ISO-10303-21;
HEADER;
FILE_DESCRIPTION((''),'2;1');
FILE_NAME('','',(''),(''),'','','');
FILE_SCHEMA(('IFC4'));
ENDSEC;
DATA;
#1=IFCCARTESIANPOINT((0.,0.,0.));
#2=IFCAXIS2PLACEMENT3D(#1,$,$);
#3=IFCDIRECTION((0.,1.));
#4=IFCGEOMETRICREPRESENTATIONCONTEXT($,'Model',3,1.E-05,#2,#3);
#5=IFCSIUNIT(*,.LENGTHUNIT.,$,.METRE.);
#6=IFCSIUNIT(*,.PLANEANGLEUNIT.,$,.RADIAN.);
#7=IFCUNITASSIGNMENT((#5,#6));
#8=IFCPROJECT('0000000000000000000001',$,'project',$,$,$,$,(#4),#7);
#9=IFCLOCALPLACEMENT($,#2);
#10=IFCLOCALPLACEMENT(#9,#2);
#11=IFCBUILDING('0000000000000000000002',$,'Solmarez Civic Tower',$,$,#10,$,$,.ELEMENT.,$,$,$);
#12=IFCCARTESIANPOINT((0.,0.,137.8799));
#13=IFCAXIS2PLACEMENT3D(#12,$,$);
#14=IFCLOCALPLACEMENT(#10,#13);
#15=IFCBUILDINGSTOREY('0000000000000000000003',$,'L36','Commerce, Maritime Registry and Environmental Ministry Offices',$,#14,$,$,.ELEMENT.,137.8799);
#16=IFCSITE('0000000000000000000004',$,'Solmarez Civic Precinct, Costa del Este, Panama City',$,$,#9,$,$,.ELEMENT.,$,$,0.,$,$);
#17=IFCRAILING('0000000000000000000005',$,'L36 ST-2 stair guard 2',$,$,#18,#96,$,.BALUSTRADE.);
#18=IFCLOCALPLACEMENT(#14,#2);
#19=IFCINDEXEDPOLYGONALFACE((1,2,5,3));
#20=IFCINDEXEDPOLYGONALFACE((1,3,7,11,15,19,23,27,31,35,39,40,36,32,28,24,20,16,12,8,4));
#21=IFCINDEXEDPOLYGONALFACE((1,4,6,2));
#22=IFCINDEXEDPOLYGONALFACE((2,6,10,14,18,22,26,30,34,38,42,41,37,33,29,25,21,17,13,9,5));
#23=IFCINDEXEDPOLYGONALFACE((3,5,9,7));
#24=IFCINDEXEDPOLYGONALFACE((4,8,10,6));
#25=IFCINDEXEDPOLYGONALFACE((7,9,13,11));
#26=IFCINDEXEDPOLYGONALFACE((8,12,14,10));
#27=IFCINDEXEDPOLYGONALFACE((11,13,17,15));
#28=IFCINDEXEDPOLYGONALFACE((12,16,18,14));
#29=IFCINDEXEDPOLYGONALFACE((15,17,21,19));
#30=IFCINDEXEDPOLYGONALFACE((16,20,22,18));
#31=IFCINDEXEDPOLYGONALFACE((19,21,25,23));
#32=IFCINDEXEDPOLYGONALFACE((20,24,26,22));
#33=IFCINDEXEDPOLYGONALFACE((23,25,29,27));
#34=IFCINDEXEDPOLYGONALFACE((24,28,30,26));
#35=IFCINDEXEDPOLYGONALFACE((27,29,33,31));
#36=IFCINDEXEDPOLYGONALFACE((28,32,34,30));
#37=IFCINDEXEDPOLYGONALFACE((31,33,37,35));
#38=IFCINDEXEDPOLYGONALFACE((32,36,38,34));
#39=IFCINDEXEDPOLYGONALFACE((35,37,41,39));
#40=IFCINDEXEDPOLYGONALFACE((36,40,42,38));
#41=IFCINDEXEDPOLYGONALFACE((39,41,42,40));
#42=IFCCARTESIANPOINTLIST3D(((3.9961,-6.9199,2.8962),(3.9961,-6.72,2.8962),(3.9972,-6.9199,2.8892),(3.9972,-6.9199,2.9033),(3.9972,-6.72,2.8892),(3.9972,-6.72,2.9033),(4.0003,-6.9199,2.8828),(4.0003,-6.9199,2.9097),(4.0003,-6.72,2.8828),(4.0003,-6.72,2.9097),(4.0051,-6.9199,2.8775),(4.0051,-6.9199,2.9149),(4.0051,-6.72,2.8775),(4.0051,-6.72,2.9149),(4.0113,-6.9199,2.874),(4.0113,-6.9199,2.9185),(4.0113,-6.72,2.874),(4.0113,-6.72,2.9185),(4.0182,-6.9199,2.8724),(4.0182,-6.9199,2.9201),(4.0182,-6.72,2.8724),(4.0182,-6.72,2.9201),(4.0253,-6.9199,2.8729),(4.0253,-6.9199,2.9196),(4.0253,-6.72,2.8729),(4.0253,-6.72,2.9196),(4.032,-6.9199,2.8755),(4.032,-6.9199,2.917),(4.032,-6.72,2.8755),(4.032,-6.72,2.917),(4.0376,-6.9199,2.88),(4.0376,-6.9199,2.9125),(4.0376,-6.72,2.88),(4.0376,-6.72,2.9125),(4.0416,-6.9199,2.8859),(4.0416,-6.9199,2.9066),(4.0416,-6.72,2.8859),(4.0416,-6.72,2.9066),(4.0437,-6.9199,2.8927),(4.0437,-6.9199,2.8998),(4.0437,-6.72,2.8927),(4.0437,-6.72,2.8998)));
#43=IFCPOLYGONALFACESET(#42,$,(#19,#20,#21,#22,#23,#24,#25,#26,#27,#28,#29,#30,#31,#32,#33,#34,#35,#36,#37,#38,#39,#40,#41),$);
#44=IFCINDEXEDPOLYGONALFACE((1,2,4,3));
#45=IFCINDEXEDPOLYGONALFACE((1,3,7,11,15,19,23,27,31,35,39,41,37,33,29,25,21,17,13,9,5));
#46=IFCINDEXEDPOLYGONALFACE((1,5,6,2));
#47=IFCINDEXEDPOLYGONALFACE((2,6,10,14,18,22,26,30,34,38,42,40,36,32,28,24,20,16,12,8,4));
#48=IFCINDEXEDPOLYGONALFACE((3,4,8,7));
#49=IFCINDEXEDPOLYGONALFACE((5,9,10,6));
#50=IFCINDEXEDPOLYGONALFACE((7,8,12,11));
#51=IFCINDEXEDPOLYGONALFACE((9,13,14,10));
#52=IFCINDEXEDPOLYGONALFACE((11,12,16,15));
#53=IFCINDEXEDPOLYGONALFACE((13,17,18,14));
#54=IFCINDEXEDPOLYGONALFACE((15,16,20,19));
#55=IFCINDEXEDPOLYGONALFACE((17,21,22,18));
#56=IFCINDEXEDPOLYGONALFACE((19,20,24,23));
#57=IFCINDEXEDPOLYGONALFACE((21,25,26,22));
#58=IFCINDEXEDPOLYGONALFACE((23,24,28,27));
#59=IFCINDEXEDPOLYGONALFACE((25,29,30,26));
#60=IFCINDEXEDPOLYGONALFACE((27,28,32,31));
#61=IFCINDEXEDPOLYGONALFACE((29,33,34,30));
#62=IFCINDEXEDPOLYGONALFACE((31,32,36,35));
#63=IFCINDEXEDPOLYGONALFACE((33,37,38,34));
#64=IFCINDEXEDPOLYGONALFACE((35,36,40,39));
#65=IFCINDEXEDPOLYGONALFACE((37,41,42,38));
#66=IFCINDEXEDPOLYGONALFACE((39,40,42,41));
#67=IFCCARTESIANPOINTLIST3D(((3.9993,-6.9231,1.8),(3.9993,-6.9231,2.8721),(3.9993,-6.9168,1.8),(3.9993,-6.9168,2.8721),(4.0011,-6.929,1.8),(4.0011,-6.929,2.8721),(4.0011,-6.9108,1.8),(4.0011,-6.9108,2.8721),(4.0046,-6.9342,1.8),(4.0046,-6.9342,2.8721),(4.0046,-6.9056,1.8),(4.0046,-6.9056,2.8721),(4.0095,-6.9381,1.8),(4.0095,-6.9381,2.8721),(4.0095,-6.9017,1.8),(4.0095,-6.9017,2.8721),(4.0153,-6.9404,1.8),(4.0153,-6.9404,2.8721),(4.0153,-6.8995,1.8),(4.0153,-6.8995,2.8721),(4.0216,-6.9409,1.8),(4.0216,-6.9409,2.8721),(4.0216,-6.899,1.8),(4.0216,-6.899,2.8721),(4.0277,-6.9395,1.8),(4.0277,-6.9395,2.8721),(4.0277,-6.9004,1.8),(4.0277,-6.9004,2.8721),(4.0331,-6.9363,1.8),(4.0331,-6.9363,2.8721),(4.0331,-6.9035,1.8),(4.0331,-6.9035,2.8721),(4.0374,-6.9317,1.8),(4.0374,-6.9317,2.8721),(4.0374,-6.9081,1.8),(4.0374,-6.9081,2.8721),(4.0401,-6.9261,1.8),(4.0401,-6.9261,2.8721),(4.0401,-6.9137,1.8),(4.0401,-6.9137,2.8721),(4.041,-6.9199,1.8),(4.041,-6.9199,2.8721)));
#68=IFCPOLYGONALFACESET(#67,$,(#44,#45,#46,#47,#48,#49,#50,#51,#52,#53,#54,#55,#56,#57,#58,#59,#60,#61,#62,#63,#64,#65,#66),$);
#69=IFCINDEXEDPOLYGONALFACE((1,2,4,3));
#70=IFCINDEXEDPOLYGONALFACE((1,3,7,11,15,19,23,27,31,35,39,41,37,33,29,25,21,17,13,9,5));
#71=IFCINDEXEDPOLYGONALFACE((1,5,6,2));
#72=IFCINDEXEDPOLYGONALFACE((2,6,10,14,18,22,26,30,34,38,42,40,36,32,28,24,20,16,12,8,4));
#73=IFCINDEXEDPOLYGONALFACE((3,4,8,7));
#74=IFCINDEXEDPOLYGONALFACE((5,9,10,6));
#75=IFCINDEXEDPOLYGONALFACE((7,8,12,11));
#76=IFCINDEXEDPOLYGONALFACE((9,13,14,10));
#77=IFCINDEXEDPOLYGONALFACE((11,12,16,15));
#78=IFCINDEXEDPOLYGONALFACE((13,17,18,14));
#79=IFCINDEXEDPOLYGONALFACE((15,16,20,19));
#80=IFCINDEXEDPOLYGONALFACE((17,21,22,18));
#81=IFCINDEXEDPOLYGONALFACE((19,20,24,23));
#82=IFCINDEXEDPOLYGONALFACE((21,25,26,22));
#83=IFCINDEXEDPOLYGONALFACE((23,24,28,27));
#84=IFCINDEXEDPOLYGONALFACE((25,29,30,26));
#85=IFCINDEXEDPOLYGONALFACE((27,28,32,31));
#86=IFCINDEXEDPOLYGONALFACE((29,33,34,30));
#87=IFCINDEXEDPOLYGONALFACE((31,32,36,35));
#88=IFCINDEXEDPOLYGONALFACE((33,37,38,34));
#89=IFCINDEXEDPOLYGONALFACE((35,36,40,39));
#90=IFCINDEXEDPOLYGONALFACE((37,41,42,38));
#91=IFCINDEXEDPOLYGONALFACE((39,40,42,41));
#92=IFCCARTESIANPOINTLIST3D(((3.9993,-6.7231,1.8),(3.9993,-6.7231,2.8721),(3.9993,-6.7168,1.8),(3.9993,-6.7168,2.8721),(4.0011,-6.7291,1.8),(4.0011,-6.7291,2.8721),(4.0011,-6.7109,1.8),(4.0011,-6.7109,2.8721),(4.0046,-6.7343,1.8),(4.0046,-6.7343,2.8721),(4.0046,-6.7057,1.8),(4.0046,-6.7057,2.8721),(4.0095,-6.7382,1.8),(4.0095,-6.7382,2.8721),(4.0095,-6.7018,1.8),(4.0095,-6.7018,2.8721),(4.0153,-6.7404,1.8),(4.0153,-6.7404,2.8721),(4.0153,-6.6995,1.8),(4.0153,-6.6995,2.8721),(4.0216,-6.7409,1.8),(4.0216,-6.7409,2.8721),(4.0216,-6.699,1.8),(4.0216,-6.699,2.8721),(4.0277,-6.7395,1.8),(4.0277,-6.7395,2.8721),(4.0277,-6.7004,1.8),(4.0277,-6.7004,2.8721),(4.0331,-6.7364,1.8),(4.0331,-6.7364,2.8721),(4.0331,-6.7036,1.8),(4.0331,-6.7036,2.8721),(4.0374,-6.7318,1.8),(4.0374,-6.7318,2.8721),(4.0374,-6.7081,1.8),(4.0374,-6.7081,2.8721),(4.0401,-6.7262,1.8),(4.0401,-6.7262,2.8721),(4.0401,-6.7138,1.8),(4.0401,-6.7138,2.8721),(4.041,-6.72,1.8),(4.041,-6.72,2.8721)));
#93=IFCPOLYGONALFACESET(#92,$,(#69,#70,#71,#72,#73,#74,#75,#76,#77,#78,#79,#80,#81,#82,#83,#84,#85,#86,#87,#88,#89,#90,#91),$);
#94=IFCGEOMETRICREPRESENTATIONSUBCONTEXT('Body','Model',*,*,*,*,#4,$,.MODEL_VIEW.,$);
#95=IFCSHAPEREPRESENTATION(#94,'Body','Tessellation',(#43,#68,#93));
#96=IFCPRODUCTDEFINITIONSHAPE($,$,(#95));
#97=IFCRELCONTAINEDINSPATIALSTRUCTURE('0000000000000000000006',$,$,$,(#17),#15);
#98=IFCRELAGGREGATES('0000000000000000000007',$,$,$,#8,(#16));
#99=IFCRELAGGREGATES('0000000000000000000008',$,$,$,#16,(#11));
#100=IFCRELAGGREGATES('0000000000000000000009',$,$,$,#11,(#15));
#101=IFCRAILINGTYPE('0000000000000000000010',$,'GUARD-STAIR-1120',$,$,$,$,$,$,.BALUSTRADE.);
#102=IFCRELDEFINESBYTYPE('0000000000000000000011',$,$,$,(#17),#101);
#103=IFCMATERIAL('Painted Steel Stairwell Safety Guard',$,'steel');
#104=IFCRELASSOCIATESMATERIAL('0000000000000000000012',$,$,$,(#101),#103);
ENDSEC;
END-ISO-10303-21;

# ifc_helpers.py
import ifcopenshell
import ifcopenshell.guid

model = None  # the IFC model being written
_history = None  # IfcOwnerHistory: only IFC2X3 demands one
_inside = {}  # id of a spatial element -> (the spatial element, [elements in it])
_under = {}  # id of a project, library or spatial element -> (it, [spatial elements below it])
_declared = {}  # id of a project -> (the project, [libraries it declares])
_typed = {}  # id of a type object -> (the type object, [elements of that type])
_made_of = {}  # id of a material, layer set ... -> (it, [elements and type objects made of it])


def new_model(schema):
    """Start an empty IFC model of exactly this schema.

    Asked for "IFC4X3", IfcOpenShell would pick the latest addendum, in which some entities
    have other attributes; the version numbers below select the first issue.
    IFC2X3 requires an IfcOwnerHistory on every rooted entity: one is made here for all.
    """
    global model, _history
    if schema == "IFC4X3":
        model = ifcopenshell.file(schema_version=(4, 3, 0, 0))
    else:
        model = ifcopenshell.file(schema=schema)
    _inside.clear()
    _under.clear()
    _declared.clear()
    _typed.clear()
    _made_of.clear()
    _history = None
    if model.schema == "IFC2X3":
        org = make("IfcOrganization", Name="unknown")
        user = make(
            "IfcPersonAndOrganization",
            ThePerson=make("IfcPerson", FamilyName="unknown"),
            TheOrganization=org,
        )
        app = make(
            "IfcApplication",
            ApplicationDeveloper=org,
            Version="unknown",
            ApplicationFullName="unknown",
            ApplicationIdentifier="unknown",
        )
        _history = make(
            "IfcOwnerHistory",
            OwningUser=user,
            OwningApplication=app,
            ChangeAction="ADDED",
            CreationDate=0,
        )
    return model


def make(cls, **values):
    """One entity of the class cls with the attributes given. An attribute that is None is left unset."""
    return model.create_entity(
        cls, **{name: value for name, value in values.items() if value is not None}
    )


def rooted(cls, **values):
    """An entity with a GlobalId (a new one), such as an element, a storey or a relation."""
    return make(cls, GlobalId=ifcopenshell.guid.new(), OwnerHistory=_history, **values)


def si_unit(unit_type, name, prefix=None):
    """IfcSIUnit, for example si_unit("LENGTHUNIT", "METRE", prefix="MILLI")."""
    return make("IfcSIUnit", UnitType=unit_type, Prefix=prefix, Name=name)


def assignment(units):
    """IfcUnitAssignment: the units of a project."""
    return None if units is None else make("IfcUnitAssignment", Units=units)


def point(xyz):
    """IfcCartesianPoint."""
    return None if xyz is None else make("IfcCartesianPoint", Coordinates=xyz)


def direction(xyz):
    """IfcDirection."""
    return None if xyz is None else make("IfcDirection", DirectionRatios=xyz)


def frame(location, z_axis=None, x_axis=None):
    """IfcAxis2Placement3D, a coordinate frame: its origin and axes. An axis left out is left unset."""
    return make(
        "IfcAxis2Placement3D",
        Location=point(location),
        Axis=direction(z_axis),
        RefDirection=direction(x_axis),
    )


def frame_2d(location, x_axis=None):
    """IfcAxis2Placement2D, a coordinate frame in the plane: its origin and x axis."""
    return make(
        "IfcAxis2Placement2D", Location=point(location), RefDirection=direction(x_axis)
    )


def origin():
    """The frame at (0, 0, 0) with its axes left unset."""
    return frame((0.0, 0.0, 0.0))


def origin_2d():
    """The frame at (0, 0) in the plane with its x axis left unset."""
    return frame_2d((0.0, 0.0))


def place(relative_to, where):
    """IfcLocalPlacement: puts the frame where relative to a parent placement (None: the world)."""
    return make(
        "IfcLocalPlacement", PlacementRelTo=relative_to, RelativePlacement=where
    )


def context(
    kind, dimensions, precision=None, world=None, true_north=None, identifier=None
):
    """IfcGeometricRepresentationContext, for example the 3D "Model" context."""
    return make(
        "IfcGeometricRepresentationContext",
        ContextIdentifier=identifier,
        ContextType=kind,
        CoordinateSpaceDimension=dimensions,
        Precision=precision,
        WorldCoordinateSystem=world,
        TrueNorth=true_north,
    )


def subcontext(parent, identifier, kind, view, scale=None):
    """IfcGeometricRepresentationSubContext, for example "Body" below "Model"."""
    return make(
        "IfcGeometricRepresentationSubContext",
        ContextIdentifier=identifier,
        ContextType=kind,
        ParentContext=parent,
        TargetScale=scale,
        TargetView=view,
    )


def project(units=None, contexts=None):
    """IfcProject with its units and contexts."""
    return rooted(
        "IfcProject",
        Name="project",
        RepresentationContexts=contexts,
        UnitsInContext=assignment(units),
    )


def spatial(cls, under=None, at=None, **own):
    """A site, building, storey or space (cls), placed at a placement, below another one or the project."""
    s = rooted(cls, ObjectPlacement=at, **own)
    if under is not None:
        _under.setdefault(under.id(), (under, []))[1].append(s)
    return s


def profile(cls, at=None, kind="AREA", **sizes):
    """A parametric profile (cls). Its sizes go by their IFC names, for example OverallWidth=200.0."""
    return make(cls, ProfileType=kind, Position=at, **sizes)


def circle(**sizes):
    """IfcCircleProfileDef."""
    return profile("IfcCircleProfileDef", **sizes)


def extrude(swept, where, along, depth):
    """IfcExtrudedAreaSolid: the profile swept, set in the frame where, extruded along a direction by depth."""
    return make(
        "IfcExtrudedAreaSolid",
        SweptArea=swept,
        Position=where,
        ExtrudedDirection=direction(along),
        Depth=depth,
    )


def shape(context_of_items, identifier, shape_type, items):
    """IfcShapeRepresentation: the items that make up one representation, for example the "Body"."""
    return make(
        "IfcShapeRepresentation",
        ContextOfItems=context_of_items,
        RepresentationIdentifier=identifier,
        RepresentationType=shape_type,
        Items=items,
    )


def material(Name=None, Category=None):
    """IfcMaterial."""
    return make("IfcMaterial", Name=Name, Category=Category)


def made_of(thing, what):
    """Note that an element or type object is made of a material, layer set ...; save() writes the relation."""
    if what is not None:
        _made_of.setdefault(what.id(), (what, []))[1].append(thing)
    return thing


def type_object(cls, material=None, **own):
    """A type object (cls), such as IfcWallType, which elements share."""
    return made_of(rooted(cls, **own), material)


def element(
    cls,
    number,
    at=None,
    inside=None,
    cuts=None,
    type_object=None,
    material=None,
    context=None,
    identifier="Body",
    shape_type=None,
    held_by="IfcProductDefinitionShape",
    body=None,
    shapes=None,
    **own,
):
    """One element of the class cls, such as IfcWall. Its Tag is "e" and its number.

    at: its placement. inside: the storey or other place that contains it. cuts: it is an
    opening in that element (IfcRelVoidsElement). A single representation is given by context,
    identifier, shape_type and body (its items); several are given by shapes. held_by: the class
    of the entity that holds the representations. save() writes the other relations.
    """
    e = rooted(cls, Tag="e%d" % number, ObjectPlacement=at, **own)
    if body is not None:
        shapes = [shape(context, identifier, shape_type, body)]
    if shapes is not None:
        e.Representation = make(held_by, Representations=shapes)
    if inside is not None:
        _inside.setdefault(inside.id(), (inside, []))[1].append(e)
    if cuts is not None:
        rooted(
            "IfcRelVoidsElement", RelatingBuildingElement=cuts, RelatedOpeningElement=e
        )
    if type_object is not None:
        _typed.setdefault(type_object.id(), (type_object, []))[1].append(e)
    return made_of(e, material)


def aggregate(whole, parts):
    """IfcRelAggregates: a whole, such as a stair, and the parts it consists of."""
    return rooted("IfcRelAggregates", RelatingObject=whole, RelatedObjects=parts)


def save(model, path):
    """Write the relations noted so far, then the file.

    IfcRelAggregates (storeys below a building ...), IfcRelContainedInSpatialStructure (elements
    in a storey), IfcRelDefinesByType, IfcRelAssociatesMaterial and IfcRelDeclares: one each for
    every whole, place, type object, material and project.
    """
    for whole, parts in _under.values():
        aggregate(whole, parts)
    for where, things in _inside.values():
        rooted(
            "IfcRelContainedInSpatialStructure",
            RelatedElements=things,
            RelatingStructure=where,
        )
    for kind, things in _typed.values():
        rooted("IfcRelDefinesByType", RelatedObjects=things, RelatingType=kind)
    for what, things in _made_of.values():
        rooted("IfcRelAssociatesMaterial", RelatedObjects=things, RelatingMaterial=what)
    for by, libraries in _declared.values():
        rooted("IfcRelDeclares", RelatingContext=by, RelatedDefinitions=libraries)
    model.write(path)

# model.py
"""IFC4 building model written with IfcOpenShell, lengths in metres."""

from ifc_helpers import new_model, si_unit, direction, frame, origin, origin_2d, place, context, subcontext, project, spatial, circle, extrude, material, type_object, element, save


model = new_model("IFC4")

# Units and contexts
model_context = context("Model", 3, precision=1e-05, world=origin(), true_north=direction((0.0, 1.0)))
body_context = subcontext(model_context, "Body", "Model", "MODEL_VIEW")
ifc_project = project(units=[si_unit("LENGTHUNIT", "METRE"), si_unit("PLANEANGLEUNIT", "RADIAN")], contexts=[model_context])

# Site, building, storey
site_placement = place(None, origin())
site = spatial("IfcSite", under=ifc_project, at=site_placement, Name="Solmarez Civic Precinct, Costa del Este, Panama City", CompositionType="ELEMENT", RefElevation=0.0)
building_placement = place(site_placement, origin())
building = spatial("IfcBuilding", under=site, at=building_placement, Name="Solmarez Civic Tower", CompositionType="ELEMENT")
storey_placement = place(building_placement, frame((0.0, 0.0, 137.8799)))
storey = spatial("IfcBuildingStorey", under=building, at=storey_placement, Name="L36", Description="Commerce, Maritime Registry and Environmental Ministry Offices", CompositionType="ELEMENT", Elevation=137.8799)

# Railing
ifc_material_1 = material(Name="Painted Steel Stairwell Safety Guard", Category="steel")
railing_type_1 = type_object("IfcRailingType", Name="GUARD-STAIR-1120", PredefinedType="BALUSTRADE", material=ifc_material_1)
railing_1_placement = place(storey_placement, frame((4.02, -6.9199, 1.8)))
element("IfcRailing", 1, at=railing_1_placement, inside=storey, type_object=railing_type_1, Name="L36 ST-2 stair guard 2", PredefinedType="BALUSTRADE", context=body_context, shape_type="SweptSolid", body=[
    extrude(circle(Radius=0.0239, at=origin_2d()), frame((0.0, 0.0, 1.0962), z_axis=(0.0, 1.0, 0.0), x_axis=(-1.0, 0.0, 0.0)), (0.0, 0.0, 1.0), 0.2),
    extrude(circle(Radius=0.021, at=origin_2d()), origin(), (0.0, 0.0, 1.0), 1.072),
    extrude(circle(Radius=0.021, at=origin_2d()), frame((0.0, 0.2, 0.0)), (0.0, 0.0, 1.0), 1.072),
])

save(model, "model.ifc")
